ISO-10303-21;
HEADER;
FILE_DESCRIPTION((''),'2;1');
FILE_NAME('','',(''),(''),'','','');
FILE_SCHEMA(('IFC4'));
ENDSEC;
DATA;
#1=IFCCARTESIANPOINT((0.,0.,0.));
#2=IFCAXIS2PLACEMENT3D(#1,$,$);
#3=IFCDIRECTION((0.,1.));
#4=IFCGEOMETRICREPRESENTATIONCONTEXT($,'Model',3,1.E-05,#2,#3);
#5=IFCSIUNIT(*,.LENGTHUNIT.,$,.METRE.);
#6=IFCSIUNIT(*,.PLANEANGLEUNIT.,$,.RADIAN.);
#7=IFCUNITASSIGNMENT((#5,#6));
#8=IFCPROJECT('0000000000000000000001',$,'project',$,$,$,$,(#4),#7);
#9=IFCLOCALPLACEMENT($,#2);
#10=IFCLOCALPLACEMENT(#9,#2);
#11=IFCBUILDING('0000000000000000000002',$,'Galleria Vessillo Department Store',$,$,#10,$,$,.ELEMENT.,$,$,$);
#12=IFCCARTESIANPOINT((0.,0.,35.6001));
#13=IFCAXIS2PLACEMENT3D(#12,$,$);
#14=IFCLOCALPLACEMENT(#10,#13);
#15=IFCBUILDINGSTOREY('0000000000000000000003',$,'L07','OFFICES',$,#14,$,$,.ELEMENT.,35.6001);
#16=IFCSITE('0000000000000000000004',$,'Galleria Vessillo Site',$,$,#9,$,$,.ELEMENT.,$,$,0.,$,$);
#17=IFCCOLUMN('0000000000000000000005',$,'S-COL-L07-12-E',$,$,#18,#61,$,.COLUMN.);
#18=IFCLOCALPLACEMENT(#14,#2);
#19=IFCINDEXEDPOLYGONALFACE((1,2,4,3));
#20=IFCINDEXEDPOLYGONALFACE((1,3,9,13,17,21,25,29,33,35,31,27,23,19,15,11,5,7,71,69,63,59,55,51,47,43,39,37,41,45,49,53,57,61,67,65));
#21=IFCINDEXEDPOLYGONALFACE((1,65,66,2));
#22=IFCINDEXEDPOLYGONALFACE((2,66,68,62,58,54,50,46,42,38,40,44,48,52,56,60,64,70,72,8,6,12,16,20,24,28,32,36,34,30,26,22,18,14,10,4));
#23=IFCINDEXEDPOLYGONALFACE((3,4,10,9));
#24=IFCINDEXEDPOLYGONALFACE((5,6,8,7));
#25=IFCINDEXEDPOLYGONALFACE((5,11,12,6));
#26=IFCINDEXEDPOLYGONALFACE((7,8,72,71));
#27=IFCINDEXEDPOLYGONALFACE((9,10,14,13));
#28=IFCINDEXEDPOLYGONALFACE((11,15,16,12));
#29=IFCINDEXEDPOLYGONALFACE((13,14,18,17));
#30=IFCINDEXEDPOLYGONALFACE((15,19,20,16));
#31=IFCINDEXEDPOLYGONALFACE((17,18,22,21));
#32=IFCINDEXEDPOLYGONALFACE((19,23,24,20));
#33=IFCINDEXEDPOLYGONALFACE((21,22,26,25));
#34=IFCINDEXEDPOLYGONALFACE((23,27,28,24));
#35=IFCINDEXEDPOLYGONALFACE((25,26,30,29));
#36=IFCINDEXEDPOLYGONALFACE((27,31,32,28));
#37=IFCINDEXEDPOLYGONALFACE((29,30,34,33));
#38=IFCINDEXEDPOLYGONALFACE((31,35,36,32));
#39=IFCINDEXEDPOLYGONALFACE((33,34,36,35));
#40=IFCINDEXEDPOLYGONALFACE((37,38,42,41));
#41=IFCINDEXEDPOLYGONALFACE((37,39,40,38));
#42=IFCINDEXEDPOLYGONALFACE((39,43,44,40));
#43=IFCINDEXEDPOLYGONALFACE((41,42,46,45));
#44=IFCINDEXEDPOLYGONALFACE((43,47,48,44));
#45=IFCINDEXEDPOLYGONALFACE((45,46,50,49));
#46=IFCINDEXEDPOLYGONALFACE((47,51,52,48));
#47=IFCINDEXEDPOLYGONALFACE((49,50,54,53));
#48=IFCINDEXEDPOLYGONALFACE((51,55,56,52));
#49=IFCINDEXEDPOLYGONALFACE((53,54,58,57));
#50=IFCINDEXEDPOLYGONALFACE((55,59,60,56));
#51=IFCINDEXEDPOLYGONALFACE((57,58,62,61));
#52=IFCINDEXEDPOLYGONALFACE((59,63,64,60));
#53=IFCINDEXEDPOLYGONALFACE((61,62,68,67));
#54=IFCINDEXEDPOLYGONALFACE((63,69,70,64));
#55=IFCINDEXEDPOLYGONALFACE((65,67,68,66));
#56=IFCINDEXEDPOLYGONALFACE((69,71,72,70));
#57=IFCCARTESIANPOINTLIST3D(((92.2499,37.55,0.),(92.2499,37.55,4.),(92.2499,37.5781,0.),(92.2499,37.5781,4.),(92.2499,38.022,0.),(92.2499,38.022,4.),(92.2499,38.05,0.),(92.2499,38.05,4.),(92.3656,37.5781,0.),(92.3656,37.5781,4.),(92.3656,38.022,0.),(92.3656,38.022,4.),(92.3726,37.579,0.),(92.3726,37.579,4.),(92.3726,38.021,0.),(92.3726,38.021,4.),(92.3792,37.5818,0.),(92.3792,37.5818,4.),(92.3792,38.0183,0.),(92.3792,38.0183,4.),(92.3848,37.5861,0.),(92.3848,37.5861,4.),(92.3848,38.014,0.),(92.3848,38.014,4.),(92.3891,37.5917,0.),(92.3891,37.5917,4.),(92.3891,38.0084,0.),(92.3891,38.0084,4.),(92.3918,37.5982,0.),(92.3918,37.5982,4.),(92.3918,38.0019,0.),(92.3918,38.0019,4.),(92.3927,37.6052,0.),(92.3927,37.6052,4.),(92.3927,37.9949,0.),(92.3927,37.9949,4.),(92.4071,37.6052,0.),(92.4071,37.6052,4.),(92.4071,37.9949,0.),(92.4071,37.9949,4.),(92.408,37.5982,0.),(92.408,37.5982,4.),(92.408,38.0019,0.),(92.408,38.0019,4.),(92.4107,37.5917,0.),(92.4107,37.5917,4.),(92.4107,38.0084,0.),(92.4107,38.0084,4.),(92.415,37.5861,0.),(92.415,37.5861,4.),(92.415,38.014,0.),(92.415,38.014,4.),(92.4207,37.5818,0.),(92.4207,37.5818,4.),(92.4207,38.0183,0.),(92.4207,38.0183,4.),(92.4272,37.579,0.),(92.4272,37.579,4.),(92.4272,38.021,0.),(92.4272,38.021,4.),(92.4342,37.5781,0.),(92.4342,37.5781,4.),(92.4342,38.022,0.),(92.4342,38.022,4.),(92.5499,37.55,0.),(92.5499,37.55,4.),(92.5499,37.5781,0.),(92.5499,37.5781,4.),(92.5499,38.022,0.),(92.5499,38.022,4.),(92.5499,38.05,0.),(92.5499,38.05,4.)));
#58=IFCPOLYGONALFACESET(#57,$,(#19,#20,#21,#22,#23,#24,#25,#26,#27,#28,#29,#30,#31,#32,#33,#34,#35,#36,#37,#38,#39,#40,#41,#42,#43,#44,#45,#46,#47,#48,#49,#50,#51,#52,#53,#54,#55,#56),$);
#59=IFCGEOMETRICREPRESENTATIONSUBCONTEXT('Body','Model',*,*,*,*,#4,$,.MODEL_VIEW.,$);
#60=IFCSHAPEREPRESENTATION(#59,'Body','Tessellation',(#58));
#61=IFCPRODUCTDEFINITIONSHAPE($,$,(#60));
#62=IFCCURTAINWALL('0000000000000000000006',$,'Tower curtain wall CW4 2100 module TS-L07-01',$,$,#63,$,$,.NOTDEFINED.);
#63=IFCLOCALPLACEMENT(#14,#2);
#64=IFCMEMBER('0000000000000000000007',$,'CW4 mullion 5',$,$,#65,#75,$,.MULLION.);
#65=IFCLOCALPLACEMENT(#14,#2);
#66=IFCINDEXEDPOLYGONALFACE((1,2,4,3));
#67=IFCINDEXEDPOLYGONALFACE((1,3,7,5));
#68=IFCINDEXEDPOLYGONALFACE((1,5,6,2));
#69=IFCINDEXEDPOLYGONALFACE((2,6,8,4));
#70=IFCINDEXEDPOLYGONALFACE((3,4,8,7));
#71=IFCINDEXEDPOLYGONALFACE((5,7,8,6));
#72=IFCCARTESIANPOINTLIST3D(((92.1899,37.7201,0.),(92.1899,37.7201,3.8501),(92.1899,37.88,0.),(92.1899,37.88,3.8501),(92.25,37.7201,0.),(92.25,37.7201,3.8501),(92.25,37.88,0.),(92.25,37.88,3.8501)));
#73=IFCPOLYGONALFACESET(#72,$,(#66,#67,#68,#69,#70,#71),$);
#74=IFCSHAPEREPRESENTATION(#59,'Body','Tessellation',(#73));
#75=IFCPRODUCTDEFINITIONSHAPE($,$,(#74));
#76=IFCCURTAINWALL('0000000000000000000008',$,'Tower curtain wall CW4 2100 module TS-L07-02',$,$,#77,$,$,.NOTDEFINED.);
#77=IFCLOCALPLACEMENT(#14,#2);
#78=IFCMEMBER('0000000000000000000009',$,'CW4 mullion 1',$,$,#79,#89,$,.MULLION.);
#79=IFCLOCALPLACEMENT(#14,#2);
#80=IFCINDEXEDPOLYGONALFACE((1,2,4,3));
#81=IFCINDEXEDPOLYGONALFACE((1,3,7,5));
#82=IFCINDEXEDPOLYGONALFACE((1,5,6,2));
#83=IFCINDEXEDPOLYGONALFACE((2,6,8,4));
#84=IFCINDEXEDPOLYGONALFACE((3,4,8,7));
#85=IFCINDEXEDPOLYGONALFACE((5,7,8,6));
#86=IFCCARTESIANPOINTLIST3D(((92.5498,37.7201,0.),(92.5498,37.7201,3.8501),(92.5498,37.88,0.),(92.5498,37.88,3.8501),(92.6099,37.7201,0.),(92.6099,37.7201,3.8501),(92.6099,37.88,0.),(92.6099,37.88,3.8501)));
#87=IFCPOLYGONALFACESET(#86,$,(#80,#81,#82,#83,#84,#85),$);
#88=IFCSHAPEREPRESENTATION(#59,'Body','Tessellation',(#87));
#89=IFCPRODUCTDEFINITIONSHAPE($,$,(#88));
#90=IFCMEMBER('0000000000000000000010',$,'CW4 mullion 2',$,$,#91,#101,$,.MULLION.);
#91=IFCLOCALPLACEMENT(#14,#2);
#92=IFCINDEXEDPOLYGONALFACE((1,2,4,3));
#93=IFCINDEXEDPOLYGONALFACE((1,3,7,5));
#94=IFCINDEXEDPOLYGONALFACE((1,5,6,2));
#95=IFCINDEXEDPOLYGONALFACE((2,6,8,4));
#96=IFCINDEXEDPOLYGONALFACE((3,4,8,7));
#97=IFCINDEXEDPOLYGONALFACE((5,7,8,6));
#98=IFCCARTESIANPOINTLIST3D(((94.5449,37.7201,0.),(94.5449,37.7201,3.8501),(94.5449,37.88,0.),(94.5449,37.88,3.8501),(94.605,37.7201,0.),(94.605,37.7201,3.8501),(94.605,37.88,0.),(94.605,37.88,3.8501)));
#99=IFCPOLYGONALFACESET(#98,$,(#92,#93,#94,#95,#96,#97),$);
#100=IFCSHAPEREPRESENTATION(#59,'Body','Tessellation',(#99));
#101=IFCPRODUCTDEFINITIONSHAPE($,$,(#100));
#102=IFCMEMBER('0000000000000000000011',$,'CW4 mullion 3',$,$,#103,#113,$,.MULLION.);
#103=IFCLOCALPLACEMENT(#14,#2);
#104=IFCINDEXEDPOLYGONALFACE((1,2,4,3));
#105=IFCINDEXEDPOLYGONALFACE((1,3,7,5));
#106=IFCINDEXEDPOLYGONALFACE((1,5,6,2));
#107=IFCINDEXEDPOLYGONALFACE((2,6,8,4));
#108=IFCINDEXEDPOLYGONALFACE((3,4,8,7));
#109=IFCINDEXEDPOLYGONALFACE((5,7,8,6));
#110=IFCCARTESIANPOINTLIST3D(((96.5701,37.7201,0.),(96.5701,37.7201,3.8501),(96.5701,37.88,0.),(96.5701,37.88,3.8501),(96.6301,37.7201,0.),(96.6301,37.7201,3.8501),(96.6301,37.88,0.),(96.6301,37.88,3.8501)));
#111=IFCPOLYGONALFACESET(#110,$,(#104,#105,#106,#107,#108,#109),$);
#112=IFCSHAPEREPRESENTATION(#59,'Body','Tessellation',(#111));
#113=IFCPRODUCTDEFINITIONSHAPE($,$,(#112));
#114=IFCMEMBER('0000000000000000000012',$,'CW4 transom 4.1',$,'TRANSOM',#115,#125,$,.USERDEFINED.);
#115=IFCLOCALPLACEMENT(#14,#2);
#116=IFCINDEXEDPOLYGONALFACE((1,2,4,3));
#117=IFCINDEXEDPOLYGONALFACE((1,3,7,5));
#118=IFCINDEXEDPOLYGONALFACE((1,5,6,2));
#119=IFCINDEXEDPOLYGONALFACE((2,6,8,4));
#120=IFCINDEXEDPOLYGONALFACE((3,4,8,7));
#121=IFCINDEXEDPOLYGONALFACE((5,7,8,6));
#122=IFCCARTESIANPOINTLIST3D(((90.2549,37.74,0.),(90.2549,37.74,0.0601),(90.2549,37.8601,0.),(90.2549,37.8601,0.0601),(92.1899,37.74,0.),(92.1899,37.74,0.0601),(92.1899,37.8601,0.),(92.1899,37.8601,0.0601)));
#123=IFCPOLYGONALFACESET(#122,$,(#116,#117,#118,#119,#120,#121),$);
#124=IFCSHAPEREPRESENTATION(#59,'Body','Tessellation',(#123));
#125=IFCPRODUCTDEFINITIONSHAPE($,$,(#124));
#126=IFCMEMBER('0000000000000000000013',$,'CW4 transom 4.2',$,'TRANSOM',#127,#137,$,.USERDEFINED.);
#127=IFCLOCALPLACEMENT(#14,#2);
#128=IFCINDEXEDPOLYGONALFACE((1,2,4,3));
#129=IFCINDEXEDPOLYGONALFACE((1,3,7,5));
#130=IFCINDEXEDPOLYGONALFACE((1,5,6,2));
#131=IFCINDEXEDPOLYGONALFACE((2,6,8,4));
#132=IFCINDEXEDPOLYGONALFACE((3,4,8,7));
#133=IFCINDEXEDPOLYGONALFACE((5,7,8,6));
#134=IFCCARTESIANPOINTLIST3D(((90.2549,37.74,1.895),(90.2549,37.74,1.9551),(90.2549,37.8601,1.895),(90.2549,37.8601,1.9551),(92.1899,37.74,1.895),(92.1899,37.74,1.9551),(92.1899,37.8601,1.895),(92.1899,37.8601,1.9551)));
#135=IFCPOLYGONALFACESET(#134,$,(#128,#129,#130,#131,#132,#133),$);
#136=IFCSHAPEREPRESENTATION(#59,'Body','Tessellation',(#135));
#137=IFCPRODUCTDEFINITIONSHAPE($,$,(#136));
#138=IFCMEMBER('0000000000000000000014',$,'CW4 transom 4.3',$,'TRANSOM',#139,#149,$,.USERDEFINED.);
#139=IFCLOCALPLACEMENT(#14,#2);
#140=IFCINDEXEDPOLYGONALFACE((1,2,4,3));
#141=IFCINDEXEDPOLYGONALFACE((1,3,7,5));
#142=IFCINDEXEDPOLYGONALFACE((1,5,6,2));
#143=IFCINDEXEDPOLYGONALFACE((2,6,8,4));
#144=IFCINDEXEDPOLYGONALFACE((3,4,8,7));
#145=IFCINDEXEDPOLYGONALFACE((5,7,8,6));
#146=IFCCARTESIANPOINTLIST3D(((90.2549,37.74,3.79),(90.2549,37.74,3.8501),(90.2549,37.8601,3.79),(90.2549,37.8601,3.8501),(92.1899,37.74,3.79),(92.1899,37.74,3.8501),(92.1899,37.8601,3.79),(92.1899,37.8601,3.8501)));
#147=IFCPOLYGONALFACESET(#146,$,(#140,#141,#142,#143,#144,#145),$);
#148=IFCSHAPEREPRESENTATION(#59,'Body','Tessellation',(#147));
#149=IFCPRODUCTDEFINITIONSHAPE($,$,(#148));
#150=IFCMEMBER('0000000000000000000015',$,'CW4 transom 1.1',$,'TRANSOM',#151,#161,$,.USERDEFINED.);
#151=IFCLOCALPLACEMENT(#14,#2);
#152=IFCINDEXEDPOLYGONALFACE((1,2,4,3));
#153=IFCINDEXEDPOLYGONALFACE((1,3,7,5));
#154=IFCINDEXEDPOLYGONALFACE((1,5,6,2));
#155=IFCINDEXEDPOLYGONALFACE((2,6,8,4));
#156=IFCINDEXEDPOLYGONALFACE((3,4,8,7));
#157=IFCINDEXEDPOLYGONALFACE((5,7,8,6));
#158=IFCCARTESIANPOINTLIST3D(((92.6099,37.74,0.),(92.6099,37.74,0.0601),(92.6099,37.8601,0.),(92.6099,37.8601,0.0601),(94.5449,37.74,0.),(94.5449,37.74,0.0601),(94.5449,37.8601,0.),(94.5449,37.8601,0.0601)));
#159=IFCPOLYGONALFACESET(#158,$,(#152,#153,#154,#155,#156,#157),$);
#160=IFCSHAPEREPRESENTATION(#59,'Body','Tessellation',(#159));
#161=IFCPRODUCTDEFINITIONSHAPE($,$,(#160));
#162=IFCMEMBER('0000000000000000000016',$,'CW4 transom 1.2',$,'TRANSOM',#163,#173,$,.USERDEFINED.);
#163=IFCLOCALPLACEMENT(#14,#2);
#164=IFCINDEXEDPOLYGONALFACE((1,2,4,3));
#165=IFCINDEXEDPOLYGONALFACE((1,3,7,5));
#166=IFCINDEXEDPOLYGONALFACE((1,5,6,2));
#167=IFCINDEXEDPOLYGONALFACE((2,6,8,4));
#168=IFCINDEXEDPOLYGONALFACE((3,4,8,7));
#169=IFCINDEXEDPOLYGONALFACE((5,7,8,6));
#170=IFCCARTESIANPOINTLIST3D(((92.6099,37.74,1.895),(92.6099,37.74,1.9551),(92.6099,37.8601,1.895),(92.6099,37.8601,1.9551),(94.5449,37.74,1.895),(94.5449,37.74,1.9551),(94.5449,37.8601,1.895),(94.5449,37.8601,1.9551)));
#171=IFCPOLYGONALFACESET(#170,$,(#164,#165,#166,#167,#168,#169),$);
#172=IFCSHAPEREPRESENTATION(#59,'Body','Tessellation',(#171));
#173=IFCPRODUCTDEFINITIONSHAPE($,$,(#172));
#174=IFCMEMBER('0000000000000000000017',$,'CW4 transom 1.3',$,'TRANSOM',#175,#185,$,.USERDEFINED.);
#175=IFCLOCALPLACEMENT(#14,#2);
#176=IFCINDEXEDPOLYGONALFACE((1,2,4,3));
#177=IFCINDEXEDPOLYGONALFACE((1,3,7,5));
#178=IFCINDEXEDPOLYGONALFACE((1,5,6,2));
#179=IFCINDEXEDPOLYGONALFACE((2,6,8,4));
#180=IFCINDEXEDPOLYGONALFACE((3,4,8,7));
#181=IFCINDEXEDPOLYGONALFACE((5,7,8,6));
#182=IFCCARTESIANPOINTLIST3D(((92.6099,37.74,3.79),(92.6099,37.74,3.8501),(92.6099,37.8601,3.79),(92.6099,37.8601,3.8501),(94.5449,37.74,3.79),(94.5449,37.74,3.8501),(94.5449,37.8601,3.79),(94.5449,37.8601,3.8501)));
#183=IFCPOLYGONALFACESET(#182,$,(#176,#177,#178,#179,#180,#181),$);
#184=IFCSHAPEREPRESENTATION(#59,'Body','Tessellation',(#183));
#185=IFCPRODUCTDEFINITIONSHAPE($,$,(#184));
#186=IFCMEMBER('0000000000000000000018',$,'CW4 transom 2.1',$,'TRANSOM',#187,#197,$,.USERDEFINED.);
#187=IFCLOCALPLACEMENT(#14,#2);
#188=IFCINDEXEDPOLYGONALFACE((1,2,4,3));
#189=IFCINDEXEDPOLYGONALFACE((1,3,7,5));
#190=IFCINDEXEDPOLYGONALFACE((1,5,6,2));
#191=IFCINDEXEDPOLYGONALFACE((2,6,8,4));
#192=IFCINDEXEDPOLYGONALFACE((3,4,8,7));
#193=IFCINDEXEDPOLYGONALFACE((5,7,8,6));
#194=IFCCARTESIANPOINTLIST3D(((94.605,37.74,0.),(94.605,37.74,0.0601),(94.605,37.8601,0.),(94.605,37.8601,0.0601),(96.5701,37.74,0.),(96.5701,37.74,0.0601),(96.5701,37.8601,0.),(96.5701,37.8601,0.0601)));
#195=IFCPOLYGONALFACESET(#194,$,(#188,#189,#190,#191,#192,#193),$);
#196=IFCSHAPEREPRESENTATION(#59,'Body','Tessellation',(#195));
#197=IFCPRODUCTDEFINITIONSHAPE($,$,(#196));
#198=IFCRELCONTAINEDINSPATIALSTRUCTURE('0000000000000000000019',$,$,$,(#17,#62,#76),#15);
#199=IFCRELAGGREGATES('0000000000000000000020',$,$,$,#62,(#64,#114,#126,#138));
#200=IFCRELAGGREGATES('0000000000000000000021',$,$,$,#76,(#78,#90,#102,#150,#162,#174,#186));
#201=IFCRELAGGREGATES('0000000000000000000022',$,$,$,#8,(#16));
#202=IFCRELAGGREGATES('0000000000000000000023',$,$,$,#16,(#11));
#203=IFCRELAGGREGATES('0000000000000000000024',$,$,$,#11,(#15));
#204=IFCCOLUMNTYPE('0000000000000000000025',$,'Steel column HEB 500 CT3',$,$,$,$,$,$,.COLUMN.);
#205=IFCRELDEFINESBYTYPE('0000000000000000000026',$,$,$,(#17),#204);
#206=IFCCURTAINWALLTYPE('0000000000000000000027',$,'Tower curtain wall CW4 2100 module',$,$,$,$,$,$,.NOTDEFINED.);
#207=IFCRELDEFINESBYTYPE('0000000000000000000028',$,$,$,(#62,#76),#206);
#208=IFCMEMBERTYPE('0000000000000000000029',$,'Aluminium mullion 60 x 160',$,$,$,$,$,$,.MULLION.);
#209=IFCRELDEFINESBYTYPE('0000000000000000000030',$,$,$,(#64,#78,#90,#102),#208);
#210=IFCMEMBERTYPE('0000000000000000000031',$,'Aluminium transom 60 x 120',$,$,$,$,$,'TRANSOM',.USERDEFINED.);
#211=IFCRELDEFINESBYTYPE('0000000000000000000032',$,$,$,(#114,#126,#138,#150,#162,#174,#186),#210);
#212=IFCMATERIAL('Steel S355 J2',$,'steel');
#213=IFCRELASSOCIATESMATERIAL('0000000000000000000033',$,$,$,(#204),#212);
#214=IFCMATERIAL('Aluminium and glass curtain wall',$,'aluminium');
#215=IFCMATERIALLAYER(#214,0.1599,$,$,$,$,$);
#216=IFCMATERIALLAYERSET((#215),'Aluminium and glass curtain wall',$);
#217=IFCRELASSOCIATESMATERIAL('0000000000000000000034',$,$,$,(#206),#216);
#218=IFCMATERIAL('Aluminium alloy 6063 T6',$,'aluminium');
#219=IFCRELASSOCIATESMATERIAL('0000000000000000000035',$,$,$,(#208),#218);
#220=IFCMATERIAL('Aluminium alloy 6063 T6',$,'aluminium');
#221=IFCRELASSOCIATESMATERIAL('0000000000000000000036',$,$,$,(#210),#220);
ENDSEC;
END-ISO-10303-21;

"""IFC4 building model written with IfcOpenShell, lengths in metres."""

from ifc_helpers import new_model, si_unit, direction, frame, origin, origin_2d, place, context, subcontext, project, spatial, rectangle, i_section, extrude, material, layer, layer_set, material_profile, profile_set, type_object, element, aggregate, save


model = new_model("IFC4")

# Units and contexts
model_context = context("Model", 3, precision=1e-05, world=origin(), true_north=direction((0.0, 1.0)))
body_context = subcontext(model_context, "Body", "Model", "MODEL_VIEW")
ifc_project = project(units=[si_unit("LENGTHUNIT", "METRE"), si_unit("PLANEANGLEUNIT", "RADIAN")], contexts=[model_context])

# Site, building, storey
site_placement = place(None, origin())
site = spatial("IfcSite", under=ifc_project, at=site_placement, Name="Galleria Vessillo Site", CompositionType="ELEMENT", RefElevation=0.0)
building_placement = place(site_placement, origin())
building = spatial("IfcBuilding", under=site, at=building_placement, Name="Galleria Vessillo Department Store", CompositionType="ELEMENT")
storey_placement = place(building_placement, frame((0.0, 0.0, 35.6001)))
storey = spatial("IfcBuildingStorey", under=building, at=storey_placement, Name="L07", Description="OFFICES", CompositionType="ELEMENT", Elevation=35.6001)

# Column
ifc_material_1 = material(Name="Steel S355 J2", Category="steel")
ifc_material_profile_1 = material_profile(ifc_material_1, i_section(OverallWidth=0.3, OverallDepth=0.5, WebThickness=0.0144, FlangeThickness=0.0281, FilletRadius=0.0271, at=origin_2d()), Name="HEB 500")
ifc_profile_set_1 = profile_set([ifc_material_profile_1], Name="Steel S355 J2")
column_type = type_object("IfcColumnType", Name="Steel column HEB 500 CT3", PredefinedType="COLUMN", material=ifc_profile_set_1)
column_placement = place(storey_placement, frame((92.3999, 37.8, 0.0), z_axis=(0.0, 0.0, 1.0), x_axis=(1.0, 0.0, 0.0)))
element("IfcColumn", 1, at=column_placement, inside=storey, type_object=column_type, Name="S-COL-L07-12-E", PredefinedType="COLUMN", context=body_context, shape_type="SweptSolid", body=[
    extrude(i_section(OverallWidth=0.3, OverallDepth=0.5, WebThickness=0.0144, FlangeThickness=0.0281, FilletRadius=0.0271, at=origin_2d()), origin(), (0.0, 0.0, 1.0), 4.0),
])

# Curtain wall, member
ifc_material_2 = material(Name="Aluminium and glass curtain wall", Category="aluminium")
ifc_layer_1 = layer(ifc_material_2, 0.1599)
ifc_layer_set_1 = layer_set([ifc_layer_1], Name="Aluminium and glass curtain wall")
curtain_wall_type = type_object("IfcCurtainWallType", Name="Tower curtain wall CW4 2100 module", PredefinedType="NOTDEFINED", material=ifc_layer_set_1)
curtain_wall_1_placement = place(storey_placement, origin())
curtain_wall_1 = element("IfcCurtainWall", 2, at=curtain_wall_1_placement, inside=storey, type_object=curtain_wall_type, Name="Tower curtain wall CW4 2100 module TS-L07-01", PredefinedType="NOTDEFINED")
ifc_material_3 = material(Name="Aluminium alloy 6063 T6", Category="aluminium")
ifc_material_profile_2 = material_profile(ifc_material_3, rectangle(XDim=0.1599, YDim=0.0601, at=origin_2d()), Name="AL 60x160")
ifc_profile_set_2 = profile_set([ifc_material_profile_2], Name="Aluminium alloy 6063 T6")
member_type_1 = type_object("IfcMemberType", Name="Aluminium mullion 60 x 160", PredefinedType="MULLION", material=ifc_profile_set_2)
member_1_placement = place(storey_placement, frame((92.22, 37.8, 0.0), z_axis=(0.0, 0.0, 1.0), x_axis=(0.0, 1.0, 0.0)))
member_1 = element("IfcMember", 3, at=member_1_placement, type_object=member_type_1, Name="CW4 mullion 5", PredefinedType="MULLION", context=body_context, shape_type="SweptSolid", body=[
    extrude(rectangle(XDim=0.1599, YDim=0.0601, at=origin_2d()), origin(), (0.0, 0.0, 1.0), 3.8501),
])

# Curtain wall, members
curtain_wall_2_placement = place(storey_placement, origin())
curtain_wall_2 = element("IfcCurtainWall", 4, at=curtain_wall_2_placement, inside=storey, type_object=curtain_wall_type, Name="Tower curtain wall CW4 2100 module TS-L07-02", PredefinedType="NOTDEFINED")
member_2_placement = place(storey_placement, frame((92.5798, 37.8, 0.0), z_axis=(0.0, 0.0, 1.0), x_axis=(0.0, 1.0, 0.0)))
member_2 = element("IfcMember", 5, at=member_2_placement, type_object=member_type_1, Name="CW4 mullion 1", PredefinedType="MULLION", context=body_context, shape_type="SweptSolid", body=[
    extrude(rectangle(XDim=0.1599, YDim=0.0601, at=origin_2d()), origin(), (0.0, 0.0, 1.0), 3.8501),
])
member_3_placement = place(storey_placement, frame((94.575, 37.8, 0.0), z_axis=(0.0, 0.0, 1.0), x_axis=(0.0, 1.0, 0.0)))
member_3 = element("IfcMember", 6, at=member_3_placement, type_object=member_type_1, Name="CW4 mullion 2", PredefinedType="MULLION", context=body_context, shape_type="SweptSolid", body=[
    extrude(rectangle(XDim=0.1599, YDim=0.0601, at=origin_2d()), origin(), (0.0, 0.0, 1.0), 3.8501),
])
member_4_placement = place(storey_placement, frame((96.6001, 37.8, 0.0), z_axis=(0.0, 0.0, 1.0), x_axis=(0.0, 1.0, 0.0)))
member_4 = element("IfcMember", 7, at=member_4_placement, type_object=member_type_1, Name="CW4 mullion 3", PredefinedType="MULLION", context=body_context, shape_type="SweptSolid", body=[
    extrude(rectangle(XDim=0.1599, YDim=0.0601, at=origin_2d()), origin(), (0.0, 0.0, 1.0), 3.8501),
])

# Members
ifc_material_4 = material(Name="Aluminium alloy 6063 T6", Category="aluminium")
ifc_material_profile_3 = material_profile(ifc_material_4, rectangle(XDim=0.1201, YDim=0.0601, at=origin_2d()), Name="AL 60x120")
ifc_profile_set_3 = profile_set([ifc_material_profile_3], Name="Aluminium alloy 6063 T6")
member_type_2 = type_object("IfcMemberType", Name="Aluminium transom 60 x 120", ElementType="TRANSOM", PredefinedType="USERDEFINED", material=ifc_profile_set_3)
member_5_placement = place(storey_placement, frame((90.2549, 37.8, 0.03), z_axis=(1.0, 0.0, 0.0), x_axis=(0.0, 1.0, 0.0)))
member_5 = element("IfcMember", 8, at=member_5_placement, type_object=member_type_2, Name="CW4 transom 4.1", ObjectType="TRANSOM", PredefinedType="USERDEFINED", context=body_context, shape_type="SweptSolid", body=[
    extrude(rectangle(XDim=0.1201, YDim=0.0601, at=origin_2d()), origin(), (0.0, 0.0, 1.0), 1.9351),
])
member_6_placement = place(storey_placement, frame((90.2549, 37.8, 1.925), z_axis=(1.0, 0.0, 0.0), x_axis=(0.0, 1.0, 0.0)))
member_6 = element("IfcMember", 9, at=member_6_placement, type_object=member_type_2, Name="CW4 transom 4.2", ObjectType="TRANSOM", PredefinedType="USERDEFINED", context=body_context, shape_type="SweptSolid", body=[
    extrude(rectangle(XDim=0.1201, YDim=0.0601, at=origin_2d()), origin(), (0.0, 0.0, 1.0), 1.9351),
])
member_7_placement = place(storey_placement, frame((90.2549, 37.8, 3.8201), z_axis=(1.0, 0.0, 0.0), x_axis=(0.0, 1.0, 0.0)))
member_7 = element("IfcMember", 10, at=member_7_placement, type_object=member_type_2, Name="CW4 transom 4.3", ObjectType="TRANSOM", PredefinedType="USERDEFINED", context=body_context, shape_type="SweptSolid", body=[
    extrude(rectangle(XDim=0.1201, YDim=0.0601, at=origin_2d()), origin(), (0.0, 0.0, 1.0), 1.9351),
])
member_8_placement = place(storey_placement, frame((92.6099, 37.8, 0.03), z_axis=(1.0, 0.0, 0.0), x_axis=(0.0, 1.0, 0.0)))
member_8 = element("IfcMember", 11, at=member_8_placement, type_object=member_type_2, Name="CW4 transom 1.1", ObjectType="TRANSOM", PredefinedType="USERDEFINED", context=body_context, shape_type="SweptSolid", body=[
    extrude(rectangle(XDim=0.1201, YDim=0.0601, at=origin_2d()), origin(), (0.0, 0.0, 1.0), 1.9351),
])
member_9_placement = place(storey_placement, frame((92.6099, 37.8, 1.925), z_axis=(1.0, 0.0, 0.0), x_axis=(0.0, 1.0, 0.0)))
member_9 = element("IfcMember", 12, at=member_9_placement, type_object=member_type_2, Name="CW4 transom 1.2", ObjectType="TRANSOM", PredefinedType="USERDEFINED", context=body_context, shape_type="SweptSolid", body=[
    extrude(rectangle(XDim=0.1201, YDim=0.0601, at=origin_2d()), origin(), (0.0, 0.0, 1.0), 1.9351),
])
member_10_placement = place(storey_placement, frame((92.6099, 37.8, 3.8201), z_axis=(1.0, 0.0, 0.0), x_axis=(0.0, 1.0, 0.0)))
member_10 = element("IfcMember", 13, at=member_10_placement, type_object=member_type_2, Name="CW4 transom 1.3", ObjectType="TRANSOM", PredefinedType="USERDEFINED", context=body_context, shape_type="SweptSolid", body=[
    extrude(rectangle(XDim=0.1201, YDim=0.0601, at=origin_2d()), origin(), (0.0, 0.0, 1.0), 1.9351),
])
member_11_placement = place(storey_placement, frame((94.605, 37.8, 0.03), z_axis=(1.0, 0.0, 0.0), x_axis=(0.0, 1.0, 0.0)))
member_11 = element("IfcMember", 14, at=member_11_placement, type_object=member_type_2, Name="CW4 transom 2.1", ObjectType="TRANSOM", PredefinedType="USERDEFINED", context=body_context, shape_type="SweptSolid", body=[
    extrude(rectangle(XDim=0.1201, YDim=0.0601, at=origin_2d()), origin(), (0.0, 0.0, 1.0), 1.9651),
])

aggregate(curtain_wall_1, [member_1, member_5, member_6, member_7])
aggregate(curtain_wall_2, [member_2, member_3, member_4, member_8, member_9, member_10, member_11])

save(model, "model.ifc")
